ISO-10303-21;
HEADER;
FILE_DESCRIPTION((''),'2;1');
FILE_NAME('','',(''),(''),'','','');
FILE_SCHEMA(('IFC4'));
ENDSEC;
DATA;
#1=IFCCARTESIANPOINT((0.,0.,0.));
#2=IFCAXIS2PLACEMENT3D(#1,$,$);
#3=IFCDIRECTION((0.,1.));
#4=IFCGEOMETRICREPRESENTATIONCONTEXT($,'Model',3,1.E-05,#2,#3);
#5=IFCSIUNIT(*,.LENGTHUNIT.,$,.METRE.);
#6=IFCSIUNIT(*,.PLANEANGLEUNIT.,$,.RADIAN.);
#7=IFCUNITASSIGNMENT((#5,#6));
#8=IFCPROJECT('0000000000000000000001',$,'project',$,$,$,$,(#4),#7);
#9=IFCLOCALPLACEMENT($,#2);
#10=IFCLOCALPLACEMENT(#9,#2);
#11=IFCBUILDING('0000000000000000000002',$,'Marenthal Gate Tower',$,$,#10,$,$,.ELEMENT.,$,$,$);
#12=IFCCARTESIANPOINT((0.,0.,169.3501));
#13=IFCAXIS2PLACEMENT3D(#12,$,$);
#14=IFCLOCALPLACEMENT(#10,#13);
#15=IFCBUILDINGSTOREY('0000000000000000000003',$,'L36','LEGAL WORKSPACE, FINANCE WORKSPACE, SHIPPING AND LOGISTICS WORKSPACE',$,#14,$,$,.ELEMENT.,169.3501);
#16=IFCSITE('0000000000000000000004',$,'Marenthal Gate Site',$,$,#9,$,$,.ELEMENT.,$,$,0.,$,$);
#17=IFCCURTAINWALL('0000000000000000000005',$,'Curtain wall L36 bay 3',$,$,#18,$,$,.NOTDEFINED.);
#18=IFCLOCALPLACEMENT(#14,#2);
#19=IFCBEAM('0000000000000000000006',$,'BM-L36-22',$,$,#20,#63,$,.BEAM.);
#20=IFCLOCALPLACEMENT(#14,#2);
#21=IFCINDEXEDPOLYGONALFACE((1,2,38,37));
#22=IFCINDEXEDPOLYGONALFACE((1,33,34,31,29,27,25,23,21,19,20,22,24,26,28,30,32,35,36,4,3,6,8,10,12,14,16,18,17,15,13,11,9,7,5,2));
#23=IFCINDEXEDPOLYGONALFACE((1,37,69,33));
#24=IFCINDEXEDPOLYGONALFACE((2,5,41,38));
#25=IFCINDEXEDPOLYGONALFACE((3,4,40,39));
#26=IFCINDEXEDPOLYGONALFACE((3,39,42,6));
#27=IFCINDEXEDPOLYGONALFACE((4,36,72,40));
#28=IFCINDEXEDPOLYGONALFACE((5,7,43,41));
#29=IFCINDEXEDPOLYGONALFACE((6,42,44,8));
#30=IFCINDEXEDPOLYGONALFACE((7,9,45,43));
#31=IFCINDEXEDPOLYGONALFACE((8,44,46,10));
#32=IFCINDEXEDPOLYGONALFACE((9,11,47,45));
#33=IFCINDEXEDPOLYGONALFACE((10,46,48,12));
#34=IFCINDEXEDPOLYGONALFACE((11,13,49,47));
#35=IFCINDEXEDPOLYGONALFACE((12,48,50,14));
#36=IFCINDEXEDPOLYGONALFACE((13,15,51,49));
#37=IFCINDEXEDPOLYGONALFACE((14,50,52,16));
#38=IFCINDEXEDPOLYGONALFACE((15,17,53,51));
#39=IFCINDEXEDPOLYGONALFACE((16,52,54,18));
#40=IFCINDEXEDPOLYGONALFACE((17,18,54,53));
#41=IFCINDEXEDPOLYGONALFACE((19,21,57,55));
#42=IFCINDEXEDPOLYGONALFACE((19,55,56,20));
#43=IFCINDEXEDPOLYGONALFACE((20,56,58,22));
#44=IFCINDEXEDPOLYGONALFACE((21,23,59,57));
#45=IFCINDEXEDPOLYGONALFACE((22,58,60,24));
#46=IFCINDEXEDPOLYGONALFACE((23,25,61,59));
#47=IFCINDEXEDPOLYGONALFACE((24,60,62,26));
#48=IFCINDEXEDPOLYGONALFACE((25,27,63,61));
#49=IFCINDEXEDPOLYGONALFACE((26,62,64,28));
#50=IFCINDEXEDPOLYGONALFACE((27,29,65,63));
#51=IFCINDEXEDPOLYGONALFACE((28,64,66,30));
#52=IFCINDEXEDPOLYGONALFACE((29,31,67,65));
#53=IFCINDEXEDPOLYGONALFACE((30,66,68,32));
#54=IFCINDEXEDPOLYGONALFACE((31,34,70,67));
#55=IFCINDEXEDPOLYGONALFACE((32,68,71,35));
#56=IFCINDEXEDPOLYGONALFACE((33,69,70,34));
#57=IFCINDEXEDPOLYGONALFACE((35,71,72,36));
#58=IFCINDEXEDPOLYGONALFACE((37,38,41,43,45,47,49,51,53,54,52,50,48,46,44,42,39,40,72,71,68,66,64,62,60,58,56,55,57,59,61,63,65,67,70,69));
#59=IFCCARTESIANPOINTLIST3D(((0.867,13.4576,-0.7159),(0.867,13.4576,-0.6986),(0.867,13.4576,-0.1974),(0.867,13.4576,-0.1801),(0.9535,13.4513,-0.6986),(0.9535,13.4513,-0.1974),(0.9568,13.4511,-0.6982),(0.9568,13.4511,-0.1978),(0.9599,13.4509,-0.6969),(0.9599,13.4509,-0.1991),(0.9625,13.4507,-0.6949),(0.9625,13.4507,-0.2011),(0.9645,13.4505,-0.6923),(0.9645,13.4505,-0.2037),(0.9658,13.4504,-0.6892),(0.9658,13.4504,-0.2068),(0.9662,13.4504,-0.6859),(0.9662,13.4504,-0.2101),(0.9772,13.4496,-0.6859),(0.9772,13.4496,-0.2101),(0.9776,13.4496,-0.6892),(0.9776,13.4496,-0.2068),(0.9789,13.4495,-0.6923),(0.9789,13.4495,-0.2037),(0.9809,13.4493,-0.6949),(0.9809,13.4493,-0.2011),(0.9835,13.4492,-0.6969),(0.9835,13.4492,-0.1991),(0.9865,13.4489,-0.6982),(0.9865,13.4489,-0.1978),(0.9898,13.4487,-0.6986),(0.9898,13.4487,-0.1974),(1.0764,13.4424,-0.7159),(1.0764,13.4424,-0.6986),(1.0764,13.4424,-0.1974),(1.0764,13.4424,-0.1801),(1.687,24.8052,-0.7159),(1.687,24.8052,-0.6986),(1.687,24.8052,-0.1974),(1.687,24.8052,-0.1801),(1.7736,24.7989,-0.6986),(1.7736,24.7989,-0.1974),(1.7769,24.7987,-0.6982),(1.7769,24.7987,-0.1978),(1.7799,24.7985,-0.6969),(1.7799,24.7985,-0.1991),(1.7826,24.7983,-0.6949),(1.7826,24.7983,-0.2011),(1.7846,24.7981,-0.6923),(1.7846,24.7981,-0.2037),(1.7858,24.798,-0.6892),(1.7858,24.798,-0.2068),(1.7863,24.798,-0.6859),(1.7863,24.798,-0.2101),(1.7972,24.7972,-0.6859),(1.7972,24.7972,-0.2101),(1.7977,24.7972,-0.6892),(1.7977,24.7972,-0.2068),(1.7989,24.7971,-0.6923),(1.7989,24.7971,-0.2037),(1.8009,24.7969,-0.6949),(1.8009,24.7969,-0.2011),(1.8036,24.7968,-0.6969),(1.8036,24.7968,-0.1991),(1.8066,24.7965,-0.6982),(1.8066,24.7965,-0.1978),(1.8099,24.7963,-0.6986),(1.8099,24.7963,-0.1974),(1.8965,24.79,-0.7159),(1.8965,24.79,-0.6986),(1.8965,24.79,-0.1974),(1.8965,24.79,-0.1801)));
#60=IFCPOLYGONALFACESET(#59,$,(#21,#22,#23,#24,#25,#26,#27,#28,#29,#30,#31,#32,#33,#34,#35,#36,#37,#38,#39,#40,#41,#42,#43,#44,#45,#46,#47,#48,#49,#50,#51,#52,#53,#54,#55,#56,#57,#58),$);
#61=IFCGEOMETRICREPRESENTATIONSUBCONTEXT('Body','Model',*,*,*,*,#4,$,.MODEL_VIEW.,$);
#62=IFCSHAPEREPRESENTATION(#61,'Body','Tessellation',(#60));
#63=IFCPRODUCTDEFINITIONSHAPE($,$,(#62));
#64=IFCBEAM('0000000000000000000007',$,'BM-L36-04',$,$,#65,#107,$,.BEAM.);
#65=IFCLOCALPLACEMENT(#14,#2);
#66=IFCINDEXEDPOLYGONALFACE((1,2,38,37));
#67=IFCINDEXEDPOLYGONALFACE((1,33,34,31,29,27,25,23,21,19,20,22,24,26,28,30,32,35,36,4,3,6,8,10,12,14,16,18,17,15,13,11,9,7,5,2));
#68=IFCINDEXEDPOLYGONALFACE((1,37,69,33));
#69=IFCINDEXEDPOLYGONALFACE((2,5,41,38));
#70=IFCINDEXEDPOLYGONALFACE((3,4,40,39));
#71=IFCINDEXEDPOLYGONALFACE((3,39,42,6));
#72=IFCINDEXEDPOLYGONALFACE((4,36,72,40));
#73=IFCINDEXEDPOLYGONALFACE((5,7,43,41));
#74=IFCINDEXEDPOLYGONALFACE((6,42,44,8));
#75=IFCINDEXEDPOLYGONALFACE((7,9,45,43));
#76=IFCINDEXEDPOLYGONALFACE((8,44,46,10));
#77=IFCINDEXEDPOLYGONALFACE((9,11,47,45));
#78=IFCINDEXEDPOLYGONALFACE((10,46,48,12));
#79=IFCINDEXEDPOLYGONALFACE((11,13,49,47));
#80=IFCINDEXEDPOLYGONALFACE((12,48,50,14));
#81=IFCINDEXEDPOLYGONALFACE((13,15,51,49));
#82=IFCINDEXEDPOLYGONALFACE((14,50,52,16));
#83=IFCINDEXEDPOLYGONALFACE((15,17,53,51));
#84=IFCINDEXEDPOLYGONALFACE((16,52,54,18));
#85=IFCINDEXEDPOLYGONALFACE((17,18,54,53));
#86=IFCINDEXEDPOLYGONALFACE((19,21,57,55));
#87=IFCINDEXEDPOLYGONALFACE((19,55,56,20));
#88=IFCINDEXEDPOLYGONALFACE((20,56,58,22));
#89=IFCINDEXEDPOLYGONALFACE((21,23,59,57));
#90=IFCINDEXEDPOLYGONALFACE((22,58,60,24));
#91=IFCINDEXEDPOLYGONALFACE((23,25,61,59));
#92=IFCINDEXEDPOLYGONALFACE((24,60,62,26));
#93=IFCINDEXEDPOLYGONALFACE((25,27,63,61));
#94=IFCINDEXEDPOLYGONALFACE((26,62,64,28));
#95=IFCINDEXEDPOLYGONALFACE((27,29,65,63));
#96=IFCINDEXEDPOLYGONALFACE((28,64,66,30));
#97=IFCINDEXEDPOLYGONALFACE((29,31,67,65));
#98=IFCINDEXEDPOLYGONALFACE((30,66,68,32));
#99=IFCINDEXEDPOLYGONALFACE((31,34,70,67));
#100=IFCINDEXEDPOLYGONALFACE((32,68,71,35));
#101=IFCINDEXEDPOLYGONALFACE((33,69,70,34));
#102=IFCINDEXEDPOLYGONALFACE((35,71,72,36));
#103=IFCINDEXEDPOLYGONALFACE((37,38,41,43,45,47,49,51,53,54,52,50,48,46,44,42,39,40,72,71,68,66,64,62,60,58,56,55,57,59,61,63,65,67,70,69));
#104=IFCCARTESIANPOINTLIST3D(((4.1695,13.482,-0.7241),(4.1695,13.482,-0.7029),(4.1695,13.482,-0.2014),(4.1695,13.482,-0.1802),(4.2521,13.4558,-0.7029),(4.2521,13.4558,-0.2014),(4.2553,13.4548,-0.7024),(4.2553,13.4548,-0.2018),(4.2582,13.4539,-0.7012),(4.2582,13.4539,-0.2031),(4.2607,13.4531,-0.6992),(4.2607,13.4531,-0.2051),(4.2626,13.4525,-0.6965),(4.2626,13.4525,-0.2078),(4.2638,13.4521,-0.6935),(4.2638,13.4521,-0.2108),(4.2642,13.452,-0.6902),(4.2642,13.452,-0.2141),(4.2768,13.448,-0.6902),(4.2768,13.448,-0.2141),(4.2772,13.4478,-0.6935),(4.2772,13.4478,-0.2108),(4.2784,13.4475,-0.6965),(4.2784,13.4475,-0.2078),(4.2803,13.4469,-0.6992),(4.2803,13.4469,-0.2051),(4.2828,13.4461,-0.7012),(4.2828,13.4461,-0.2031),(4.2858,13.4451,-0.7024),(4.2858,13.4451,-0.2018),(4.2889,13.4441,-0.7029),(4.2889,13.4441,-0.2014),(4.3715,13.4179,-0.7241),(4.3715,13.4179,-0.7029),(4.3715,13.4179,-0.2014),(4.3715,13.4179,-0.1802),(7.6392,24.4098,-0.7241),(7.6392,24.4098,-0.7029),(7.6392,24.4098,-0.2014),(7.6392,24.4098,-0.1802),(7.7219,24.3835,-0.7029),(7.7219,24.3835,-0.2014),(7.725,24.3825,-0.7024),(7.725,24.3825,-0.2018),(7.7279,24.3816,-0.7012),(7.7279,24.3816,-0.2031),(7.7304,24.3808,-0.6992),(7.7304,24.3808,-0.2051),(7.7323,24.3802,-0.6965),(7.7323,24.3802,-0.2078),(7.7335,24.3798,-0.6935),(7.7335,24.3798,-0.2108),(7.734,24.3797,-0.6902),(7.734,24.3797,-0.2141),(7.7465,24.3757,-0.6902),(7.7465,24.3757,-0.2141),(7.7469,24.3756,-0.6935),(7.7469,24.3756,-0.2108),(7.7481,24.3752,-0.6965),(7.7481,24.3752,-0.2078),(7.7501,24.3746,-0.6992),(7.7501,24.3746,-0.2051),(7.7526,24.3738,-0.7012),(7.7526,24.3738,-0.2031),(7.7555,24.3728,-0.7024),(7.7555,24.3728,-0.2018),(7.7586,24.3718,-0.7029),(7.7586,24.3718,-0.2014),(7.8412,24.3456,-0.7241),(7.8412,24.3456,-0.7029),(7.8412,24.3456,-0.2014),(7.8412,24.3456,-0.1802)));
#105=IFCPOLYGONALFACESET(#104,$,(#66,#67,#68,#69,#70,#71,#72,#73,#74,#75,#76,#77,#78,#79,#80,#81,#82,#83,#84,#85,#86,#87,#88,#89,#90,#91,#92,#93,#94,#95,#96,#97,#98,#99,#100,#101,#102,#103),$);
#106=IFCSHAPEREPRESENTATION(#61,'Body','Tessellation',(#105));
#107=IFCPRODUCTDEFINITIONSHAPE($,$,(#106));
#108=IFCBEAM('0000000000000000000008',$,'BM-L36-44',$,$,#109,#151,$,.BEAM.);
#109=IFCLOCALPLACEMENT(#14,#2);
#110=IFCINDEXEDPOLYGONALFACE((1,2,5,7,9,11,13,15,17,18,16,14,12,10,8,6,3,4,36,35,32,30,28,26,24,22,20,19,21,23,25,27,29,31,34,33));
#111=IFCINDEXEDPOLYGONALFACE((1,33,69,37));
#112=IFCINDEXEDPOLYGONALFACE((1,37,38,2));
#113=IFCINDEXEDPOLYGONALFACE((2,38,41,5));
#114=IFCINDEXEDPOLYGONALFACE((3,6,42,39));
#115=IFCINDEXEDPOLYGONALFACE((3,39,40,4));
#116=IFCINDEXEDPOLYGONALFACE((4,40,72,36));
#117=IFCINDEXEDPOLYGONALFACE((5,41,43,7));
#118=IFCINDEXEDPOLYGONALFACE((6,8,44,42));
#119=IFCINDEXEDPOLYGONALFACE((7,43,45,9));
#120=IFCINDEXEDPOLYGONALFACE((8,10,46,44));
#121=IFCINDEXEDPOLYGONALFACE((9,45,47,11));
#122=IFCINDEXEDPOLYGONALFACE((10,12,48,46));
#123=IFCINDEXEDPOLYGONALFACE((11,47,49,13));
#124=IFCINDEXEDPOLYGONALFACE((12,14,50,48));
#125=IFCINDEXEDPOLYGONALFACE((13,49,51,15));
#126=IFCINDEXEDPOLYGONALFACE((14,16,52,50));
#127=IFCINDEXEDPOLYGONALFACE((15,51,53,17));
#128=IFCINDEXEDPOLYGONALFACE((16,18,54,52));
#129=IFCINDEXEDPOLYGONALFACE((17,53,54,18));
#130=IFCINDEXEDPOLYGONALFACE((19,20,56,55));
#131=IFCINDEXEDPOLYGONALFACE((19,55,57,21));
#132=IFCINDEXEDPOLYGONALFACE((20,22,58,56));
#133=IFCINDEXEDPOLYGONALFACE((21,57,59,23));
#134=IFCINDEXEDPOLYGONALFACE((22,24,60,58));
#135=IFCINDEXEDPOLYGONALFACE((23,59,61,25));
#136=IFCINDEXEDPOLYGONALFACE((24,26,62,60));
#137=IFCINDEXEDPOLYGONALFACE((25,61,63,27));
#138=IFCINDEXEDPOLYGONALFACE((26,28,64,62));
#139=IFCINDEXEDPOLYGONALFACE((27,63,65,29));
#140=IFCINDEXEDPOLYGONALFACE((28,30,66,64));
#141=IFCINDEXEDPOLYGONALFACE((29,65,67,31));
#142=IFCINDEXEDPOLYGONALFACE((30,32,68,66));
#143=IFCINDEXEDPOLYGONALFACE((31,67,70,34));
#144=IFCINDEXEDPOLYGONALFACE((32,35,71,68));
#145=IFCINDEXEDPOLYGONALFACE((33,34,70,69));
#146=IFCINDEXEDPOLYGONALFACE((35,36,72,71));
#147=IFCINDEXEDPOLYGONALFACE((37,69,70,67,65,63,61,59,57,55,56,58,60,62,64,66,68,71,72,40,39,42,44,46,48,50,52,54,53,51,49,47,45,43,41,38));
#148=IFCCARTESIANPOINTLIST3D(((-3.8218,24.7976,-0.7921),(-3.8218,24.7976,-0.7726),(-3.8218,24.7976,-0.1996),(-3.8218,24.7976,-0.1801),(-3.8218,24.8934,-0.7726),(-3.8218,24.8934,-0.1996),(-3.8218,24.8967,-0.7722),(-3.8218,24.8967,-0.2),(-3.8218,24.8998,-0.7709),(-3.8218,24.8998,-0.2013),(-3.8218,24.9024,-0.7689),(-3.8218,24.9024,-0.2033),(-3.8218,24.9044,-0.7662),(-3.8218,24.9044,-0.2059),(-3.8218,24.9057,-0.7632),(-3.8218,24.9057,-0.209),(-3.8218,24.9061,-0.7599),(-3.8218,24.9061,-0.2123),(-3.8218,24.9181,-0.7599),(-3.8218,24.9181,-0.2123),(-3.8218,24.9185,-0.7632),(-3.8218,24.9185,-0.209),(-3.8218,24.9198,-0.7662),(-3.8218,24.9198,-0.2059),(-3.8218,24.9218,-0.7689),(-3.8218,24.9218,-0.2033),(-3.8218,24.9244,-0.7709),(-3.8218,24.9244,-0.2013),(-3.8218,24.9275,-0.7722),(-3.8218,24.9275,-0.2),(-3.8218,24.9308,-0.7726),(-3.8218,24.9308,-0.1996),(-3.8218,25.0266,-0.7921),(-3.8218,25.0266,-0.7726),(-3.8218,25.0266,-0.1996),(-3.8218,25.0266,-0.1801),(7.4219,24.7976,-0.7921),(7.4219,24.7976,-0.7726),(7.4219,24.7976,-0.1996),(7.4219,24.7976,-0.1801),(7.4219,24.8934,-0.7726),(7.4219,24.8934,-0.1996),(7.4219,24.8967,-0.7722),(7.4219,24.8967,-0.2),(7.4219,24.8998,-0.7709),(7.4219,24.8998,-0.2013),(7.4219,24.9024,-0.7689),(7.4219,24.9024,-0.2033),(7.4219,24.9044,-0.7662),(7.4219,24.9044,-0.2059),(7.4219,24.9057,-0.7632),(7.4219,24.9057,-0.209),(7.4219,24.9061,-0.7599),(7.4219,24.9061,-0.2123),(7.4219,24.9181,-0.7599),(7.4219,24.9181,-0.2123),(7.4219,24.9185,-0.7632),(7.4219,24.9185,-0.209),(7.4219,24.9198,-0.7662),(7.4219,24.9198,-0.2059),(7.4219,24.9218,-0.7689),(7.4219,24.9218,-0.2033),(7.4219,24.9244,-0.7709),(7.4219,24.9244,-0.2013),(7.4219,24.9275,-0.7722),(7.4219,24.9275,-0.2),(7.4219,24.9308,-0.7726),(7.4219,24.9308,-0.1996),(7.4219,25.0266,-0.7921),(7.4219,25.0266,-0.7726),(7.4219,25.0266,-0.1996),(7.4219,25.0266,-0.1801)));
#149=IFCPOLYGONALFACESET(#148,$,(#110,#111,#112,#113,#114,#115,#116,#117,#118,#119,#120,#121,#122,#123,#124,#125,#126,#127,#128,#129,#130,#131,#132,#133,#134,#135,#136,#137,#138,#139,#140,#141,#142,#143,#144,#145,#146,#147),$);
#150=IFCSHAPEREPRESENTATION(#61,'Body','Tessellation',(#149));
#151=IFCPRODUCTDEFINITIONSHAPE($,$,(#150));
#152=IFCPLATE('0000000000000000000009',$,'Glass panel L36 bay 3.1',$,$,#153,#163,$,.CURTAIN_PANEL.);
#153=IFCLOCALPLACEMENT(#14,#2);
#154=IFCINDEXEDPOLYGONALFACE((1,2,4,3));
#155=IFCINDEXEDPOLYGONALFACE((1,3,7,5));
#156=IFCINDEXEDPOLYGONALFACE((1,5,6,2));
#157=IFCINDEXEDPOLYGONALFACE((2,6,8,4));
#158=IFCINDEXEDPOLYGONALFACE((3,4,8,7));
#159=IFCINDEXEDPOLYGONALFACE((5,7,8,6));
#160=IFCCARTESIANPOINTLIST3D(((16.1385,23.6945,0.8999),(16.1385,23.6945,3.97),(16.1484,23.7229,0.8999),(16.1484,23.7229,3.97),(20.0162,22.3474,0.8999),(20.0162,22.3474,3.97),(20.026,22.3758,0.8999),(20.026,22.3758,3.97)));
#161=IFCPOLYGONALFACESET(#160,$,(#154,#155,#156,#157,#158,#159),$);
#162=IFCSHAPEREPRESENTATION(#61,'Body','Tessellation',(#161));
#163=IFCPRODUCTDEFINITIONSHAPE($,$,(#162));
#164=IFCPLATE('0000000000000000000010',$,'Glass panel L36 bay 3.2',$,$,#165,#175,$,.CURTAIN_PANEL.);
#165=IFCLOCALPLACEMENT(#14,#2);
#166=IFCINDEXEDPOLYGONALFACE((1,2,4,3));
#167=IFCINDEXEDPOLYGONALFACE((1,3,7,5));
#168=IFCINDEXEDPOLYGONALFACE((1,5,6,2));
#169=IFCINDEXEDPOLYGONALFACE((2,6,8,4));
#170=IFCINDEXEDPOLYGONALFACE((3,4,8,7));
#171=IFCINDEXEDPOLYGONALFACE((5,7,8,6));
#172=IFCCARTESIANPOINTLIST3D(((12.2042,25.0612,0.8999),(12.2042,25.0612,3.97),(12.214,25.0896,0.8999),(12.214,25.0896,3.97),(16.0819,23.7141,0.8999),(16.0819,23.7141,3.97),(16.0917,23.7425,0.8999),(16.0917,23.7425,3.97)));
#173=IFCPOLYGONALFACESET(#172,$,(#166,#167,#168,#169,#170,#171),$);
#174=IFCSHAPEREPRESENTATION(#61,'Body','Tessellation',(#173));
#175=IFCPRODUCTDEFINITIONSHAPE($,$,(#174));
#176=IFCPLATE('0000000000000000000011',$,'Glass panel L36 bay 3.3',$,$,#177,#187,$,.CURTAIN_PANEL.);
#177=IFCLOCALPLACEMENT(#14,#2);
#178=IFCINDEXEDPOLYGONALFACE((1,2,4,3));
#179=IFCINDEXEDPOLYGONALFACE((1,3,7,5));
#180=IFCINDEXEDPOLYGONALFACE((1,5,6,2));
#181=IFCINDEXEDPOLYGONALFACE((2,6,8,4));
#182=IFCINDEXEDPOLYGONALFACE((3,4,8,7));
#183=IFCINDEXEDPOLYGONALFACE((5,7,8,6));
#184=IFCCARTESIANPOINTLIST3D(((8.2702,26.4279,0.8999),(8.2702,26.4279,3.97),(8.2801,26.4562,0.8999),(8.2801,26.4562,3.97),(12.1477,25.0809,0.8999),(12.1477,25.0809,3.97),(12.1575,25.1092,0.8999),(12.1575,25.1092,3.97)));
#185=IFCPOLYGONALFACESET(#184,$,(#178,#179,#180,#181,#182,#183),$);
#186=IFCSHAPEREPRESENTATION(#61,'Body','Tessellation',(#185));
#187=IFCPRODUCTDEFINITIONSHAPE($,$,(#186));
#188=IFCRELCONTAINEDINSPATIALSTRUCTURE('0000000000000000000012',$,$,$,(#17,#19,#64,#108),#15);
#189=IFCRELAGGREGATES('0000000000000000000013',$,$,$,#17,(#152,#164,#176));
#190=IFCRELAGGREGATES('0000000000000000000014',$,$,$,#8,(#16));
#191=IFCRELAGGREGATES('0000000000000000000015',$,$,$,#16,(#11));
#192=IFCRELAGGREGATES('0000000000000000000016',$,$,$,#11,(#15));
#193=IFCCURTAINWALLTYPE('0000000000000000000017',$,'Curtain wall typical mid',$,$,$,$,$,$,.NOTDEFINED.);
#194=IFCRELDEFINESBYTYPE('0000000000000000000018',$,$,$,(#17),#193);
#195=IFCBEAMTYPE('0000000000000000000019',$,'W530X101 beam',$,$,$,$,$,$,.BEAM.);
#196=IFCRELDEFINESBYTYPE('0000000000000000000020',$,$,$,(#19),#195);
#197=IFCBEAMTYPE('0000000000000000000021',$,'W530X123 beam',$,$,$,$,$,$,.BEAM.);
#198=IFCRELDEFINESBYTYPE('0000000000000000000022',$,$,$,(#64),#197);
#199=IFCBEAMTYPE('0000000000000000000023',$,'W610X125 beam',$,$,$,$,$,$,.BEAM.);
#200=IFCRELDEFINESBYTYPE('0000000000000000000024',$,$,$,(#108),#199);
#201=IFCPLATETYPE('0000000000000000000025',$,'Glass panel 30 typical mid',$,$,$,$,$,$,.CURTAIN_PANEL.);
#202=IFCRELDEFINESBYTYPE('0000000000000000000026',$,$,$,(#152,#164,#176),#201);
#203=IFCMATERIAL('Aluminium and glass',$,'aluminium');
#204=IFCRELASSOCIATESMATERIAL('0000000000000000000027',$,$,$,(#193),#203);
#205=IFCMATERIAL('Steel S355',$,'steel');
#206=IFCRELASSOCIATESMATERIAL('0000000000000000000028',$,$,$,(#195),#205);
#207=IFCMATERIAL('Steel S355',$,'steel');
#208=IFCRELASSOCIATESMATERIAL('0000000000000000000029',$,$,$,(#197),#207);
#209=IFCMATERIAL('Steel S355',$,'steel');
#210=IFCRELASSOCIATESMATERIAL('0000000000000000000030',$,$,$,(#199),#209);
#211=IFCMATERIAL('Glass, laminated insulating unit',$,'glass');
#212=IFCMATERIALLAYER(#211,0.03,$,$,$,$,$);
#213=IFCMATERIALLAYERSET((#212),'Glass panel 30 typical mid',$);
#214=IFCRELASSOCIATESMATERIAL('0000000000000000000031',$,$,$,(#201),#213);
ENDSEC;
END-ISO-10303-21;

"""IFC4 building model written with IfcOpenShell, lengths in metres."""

from ifc_helpers import new_model, si_unit, direction, frame, origin, origin_2d, place, context, subcontext, project, spatial, rectangle, i_section, extrude, material, layer, layer_set, material_profile, profile_set, type_object, element, aggregate, save


model = new_model("IFC4")

# Units and contexts
model_context = context("Model", 3, precision=1e-05, world=origin(), true_north=direction((0.0, 1.0)))
body_context = subcontext(model_context, "Body", "Model", "MODEL_VIEW")
ifc_project = project(units=[si_unit("LENGTHUNIT", "METRE"), si_unit("PLANEANGLEUNIT", "RADIAN")], contexts=[model_context])

# Site, building, storey
site_placement = place(None, origin())
site = spatial("IfcSite", under=ifc_project, at=site_placement, Name="Marenthal Gate Site", CompositionType="ELEMENT", RefElevation=0.0)
building_placement = place(site_placement, origin())
building = spatial("IfcBuilding", under=site, at=building_placement, Name="Marenthal Gate Tower", CompositionType="ELEMENT")
storey_placement = place(building_placement, frame((0.0, 0.0, 169.3501)))
storey = spatial("IfcBuildingStorey", under=building, at=storey_placement, Name="L36", Description="LEGAL WORKSPACE, FINANCE WORKSPACE, SHIPPING AND LOGISTICS WORKSPACE", CompositionType="ELEMENT", Elevation=169.3501)

# Curtain wall
ifc_material_1 = material(Name="Aluminium and glass", Category="aluminium")
curtain_wall_type = type_object("IfcCurtainWallType", Name="Curtain wall typical mid", PredefinedType="NOTDEFINED", material=ifc_material_1)
curtain_wall_placement = place(storey_placement, origin())
curtain_wall = element("IfcCurtainWall", 1, at=curtain_wall_placement, inside=storey, type_object=curtain_wall_type, Name="Curtain wall L36 bay 3", PredefinedType="NOTDEFINED")

# Beams
ifc_material_2 = material(Name="Steel S355", Category="steel")
ifc_material_profile_1 = material_profile(ifc_material_2, i_section(OverallWidth=0.21, OverallDepth=0.5359, WebThickness=0.011, FlangeThickness=0.0173, FilletRadius=0.0127, at=origin_2d()), Name="W530X101")
ifc_profile_set_1 = profile_set([ifc_material_profile_1], Name="Steel S355")
beam_type_1 = type_object("IfcBeamType", Name="W530X101 beam", PredefinedType="BEAM", material=ifc_profile_set_1)
beam_1_placement = place(storey_placement, frame((1.7917, 24.7976, -0.448), z_axis=(-0.07208, -0.997399, 0.0), x_axis=(0.997399, -0.07208, 0.0)))
element("IfcBeam", 2, at=beam_1_placement, inside=storey, type_object=beam_type_1, Name="BM-L36-22", PredefinedType="BEAM", context=body_context, shape_type="SweptSolid", body=[
    extrude(i_section(OverallWidth=0.21, OverallDepth=0.5359, WebThickness=0.011, FlangeThickness=0.0173, FilletRadius=0.0127, at=origin_2d()), origin(), (0.0, 0.0, 1.0), 11.3772),
])
ifc_material_3 = material(Name="Steel S355", Category="steel")
ifc_material_profile_2 = material_profile(ifc_material_3, i_section(OverallWidth=0.2119, OverallDepth=0.5439, WebThickness=0.0132, FlangeThickness=0.0212, FilletRadius=0.0127, at=origin_2d()), Name="W530X123")
ifc_profile_set_2 = profile_set([ifc_material_profile_2], Name="Steel S355")
beam_type_2 = type_object("IfcBeamType", Name="W530X123 beam", PredefinedType="BEAM", material=ifc_profile_set_2)
beam_2_placement = place(storey_placement, frame((7.7402, 24.3777, -0.4521), z_axis=(-0.302627, -0.953109, 0.0), x_axis=(0.953109, -0.302627, 0.0)))
element("IfcBeam", 3, at=beam_2_placement, inside=storey, type_object=beam_type_2, Name="BM-L36-04", PredefinedType="BEAM", context=body_context, shape_type="SweptSolid", body=[
    extrude(i_section(OverallWidth=0.2119, OverallDepth=0.5439, WebThickness=0.0132, FlangeThickness=0.0212, FilletRadius=0.0127, at=origin_2d()), origin(), (0.0, 0.0, 1.0), 11.4653),
])
ifc_material_4 = material(Name="Steel S355", Category="steel")
ifc_material_profile_3 = material_profile(ifc_material_4, i_section(OverallWidth=0.229, OverallDepth=0.6121, WebThickness=0.012, FlangeThickness=0.0195, FilletRadius=0.0127, at=origin_2d()), Name="W610X125")
ifc_profile_set_3 = profile_set([ifc_material_profile_3], Name="Steel S355")
beam_type_3 = type_object("IfcBeamType", Name="W610X125 beam", PredefinedType="BEAM", material=ifc_profile_set_3)
beam_3_placement = place(storey_placement, frame((7.4219, 24.9121, -0.4861), z_axis=(-1.0, 0.0, 0.0), x_axis=(0.0, -1.0, 0.0)))
element("IfcBeam", 4, at=beam_3_placement, inside=storey, type_object=beam_type_3, Name="BM-L36-44", PredefinedType="BEAM", context=body_context, shape_type="SweptSolid", body=[
    extrude(i_section(OverallWidth=0.229, OverallDepth=0.6121, WebThickness=0.012, FlangeThickness=0.0195, FilletRadius=0.0127, at=origin_2d()), origin(), (0.0, 0.0, 1.0), 11.2437),
])

# Plates
ifc_material_5 = material(Name="Glass, laminated insulating unit", Category="glass")
ifc_layer_1 = layer(ifc_material_5, 0.03)
ifc_layer_set_1 = layer_set([ifc_layer_1], Name="Glass panel 30 typical mid")
plate_type = type_object("IfcPlateType", Name="Glass panel 30 typical mid", PredefinedType="CURTAIN_PANEL", material=ifc_layer_set_1)
plate_1_placement = place(storey_placement, frame((18.0823, 23.0352, 0.8999), z_axis=(0.0, 0.0, 1.0), x_axis=(-0.944623, 0.328158, 0.0)))
plate_1 = element("IfcPlate", 5, at=plate_1_placement, type_object=plate_type, Name="Glass panel L36 bay 3.1", PredefinedType="CURTAIN_PANEL", context=body_context, shape_type="SweptSolid", body=[
    extrude(rectangle(XDim=4.105, YDim=0.03, at=origin_2d()), origin(), (0.0, 0.0, 1.0), 3.0701),
])
plate_2_placement = place(storey_placement, frame((14.1479, 24.4019, 0.8999), z_axis=(0.0, 0.0, 1.0), x_axis=(-0.944623, 0.328158, 0.0)))
plate_2 = element("IfcPlate", 6, at=plate_2_placement, type_object=plate_type, Name="Glass panel L36 bay 3.2", PredefinedType="CURTAIN_PANEL", context=body_context, shape_type="SweptSolid", body=[
    extrude(rectangle(XDim=4.105, YDim=0.03, at=origin_2d()), origin(), (0.0, 0.0, 1.0), 3.0701),
])
plate_3_placement = place(storey_placement, frame((10.2139, 25.7686, 0.8999), z_axis=(0.0, 0.0, 1.0), x_axis=(-0.944623, 0.328158, 0.0)))
plate_3 = element("IfcPlate", 7, at=plate_3_placement, type_object=plate_type, Name="Glass panel L36 bay 3.3", PredefinedType="CURTAIN_PANEL", context=body_context, shape_type="SweptSolid", body=[
    extrude(rectangle(XDim=4.1047, YDim=0.03, at=origin_2d()), origin(), (0.0, 0.0, 1.0), 3.0701),
])
aggregate(curtain_wall, [plate_1, plate_2, plate_3])

save(model, "model.ifc")
